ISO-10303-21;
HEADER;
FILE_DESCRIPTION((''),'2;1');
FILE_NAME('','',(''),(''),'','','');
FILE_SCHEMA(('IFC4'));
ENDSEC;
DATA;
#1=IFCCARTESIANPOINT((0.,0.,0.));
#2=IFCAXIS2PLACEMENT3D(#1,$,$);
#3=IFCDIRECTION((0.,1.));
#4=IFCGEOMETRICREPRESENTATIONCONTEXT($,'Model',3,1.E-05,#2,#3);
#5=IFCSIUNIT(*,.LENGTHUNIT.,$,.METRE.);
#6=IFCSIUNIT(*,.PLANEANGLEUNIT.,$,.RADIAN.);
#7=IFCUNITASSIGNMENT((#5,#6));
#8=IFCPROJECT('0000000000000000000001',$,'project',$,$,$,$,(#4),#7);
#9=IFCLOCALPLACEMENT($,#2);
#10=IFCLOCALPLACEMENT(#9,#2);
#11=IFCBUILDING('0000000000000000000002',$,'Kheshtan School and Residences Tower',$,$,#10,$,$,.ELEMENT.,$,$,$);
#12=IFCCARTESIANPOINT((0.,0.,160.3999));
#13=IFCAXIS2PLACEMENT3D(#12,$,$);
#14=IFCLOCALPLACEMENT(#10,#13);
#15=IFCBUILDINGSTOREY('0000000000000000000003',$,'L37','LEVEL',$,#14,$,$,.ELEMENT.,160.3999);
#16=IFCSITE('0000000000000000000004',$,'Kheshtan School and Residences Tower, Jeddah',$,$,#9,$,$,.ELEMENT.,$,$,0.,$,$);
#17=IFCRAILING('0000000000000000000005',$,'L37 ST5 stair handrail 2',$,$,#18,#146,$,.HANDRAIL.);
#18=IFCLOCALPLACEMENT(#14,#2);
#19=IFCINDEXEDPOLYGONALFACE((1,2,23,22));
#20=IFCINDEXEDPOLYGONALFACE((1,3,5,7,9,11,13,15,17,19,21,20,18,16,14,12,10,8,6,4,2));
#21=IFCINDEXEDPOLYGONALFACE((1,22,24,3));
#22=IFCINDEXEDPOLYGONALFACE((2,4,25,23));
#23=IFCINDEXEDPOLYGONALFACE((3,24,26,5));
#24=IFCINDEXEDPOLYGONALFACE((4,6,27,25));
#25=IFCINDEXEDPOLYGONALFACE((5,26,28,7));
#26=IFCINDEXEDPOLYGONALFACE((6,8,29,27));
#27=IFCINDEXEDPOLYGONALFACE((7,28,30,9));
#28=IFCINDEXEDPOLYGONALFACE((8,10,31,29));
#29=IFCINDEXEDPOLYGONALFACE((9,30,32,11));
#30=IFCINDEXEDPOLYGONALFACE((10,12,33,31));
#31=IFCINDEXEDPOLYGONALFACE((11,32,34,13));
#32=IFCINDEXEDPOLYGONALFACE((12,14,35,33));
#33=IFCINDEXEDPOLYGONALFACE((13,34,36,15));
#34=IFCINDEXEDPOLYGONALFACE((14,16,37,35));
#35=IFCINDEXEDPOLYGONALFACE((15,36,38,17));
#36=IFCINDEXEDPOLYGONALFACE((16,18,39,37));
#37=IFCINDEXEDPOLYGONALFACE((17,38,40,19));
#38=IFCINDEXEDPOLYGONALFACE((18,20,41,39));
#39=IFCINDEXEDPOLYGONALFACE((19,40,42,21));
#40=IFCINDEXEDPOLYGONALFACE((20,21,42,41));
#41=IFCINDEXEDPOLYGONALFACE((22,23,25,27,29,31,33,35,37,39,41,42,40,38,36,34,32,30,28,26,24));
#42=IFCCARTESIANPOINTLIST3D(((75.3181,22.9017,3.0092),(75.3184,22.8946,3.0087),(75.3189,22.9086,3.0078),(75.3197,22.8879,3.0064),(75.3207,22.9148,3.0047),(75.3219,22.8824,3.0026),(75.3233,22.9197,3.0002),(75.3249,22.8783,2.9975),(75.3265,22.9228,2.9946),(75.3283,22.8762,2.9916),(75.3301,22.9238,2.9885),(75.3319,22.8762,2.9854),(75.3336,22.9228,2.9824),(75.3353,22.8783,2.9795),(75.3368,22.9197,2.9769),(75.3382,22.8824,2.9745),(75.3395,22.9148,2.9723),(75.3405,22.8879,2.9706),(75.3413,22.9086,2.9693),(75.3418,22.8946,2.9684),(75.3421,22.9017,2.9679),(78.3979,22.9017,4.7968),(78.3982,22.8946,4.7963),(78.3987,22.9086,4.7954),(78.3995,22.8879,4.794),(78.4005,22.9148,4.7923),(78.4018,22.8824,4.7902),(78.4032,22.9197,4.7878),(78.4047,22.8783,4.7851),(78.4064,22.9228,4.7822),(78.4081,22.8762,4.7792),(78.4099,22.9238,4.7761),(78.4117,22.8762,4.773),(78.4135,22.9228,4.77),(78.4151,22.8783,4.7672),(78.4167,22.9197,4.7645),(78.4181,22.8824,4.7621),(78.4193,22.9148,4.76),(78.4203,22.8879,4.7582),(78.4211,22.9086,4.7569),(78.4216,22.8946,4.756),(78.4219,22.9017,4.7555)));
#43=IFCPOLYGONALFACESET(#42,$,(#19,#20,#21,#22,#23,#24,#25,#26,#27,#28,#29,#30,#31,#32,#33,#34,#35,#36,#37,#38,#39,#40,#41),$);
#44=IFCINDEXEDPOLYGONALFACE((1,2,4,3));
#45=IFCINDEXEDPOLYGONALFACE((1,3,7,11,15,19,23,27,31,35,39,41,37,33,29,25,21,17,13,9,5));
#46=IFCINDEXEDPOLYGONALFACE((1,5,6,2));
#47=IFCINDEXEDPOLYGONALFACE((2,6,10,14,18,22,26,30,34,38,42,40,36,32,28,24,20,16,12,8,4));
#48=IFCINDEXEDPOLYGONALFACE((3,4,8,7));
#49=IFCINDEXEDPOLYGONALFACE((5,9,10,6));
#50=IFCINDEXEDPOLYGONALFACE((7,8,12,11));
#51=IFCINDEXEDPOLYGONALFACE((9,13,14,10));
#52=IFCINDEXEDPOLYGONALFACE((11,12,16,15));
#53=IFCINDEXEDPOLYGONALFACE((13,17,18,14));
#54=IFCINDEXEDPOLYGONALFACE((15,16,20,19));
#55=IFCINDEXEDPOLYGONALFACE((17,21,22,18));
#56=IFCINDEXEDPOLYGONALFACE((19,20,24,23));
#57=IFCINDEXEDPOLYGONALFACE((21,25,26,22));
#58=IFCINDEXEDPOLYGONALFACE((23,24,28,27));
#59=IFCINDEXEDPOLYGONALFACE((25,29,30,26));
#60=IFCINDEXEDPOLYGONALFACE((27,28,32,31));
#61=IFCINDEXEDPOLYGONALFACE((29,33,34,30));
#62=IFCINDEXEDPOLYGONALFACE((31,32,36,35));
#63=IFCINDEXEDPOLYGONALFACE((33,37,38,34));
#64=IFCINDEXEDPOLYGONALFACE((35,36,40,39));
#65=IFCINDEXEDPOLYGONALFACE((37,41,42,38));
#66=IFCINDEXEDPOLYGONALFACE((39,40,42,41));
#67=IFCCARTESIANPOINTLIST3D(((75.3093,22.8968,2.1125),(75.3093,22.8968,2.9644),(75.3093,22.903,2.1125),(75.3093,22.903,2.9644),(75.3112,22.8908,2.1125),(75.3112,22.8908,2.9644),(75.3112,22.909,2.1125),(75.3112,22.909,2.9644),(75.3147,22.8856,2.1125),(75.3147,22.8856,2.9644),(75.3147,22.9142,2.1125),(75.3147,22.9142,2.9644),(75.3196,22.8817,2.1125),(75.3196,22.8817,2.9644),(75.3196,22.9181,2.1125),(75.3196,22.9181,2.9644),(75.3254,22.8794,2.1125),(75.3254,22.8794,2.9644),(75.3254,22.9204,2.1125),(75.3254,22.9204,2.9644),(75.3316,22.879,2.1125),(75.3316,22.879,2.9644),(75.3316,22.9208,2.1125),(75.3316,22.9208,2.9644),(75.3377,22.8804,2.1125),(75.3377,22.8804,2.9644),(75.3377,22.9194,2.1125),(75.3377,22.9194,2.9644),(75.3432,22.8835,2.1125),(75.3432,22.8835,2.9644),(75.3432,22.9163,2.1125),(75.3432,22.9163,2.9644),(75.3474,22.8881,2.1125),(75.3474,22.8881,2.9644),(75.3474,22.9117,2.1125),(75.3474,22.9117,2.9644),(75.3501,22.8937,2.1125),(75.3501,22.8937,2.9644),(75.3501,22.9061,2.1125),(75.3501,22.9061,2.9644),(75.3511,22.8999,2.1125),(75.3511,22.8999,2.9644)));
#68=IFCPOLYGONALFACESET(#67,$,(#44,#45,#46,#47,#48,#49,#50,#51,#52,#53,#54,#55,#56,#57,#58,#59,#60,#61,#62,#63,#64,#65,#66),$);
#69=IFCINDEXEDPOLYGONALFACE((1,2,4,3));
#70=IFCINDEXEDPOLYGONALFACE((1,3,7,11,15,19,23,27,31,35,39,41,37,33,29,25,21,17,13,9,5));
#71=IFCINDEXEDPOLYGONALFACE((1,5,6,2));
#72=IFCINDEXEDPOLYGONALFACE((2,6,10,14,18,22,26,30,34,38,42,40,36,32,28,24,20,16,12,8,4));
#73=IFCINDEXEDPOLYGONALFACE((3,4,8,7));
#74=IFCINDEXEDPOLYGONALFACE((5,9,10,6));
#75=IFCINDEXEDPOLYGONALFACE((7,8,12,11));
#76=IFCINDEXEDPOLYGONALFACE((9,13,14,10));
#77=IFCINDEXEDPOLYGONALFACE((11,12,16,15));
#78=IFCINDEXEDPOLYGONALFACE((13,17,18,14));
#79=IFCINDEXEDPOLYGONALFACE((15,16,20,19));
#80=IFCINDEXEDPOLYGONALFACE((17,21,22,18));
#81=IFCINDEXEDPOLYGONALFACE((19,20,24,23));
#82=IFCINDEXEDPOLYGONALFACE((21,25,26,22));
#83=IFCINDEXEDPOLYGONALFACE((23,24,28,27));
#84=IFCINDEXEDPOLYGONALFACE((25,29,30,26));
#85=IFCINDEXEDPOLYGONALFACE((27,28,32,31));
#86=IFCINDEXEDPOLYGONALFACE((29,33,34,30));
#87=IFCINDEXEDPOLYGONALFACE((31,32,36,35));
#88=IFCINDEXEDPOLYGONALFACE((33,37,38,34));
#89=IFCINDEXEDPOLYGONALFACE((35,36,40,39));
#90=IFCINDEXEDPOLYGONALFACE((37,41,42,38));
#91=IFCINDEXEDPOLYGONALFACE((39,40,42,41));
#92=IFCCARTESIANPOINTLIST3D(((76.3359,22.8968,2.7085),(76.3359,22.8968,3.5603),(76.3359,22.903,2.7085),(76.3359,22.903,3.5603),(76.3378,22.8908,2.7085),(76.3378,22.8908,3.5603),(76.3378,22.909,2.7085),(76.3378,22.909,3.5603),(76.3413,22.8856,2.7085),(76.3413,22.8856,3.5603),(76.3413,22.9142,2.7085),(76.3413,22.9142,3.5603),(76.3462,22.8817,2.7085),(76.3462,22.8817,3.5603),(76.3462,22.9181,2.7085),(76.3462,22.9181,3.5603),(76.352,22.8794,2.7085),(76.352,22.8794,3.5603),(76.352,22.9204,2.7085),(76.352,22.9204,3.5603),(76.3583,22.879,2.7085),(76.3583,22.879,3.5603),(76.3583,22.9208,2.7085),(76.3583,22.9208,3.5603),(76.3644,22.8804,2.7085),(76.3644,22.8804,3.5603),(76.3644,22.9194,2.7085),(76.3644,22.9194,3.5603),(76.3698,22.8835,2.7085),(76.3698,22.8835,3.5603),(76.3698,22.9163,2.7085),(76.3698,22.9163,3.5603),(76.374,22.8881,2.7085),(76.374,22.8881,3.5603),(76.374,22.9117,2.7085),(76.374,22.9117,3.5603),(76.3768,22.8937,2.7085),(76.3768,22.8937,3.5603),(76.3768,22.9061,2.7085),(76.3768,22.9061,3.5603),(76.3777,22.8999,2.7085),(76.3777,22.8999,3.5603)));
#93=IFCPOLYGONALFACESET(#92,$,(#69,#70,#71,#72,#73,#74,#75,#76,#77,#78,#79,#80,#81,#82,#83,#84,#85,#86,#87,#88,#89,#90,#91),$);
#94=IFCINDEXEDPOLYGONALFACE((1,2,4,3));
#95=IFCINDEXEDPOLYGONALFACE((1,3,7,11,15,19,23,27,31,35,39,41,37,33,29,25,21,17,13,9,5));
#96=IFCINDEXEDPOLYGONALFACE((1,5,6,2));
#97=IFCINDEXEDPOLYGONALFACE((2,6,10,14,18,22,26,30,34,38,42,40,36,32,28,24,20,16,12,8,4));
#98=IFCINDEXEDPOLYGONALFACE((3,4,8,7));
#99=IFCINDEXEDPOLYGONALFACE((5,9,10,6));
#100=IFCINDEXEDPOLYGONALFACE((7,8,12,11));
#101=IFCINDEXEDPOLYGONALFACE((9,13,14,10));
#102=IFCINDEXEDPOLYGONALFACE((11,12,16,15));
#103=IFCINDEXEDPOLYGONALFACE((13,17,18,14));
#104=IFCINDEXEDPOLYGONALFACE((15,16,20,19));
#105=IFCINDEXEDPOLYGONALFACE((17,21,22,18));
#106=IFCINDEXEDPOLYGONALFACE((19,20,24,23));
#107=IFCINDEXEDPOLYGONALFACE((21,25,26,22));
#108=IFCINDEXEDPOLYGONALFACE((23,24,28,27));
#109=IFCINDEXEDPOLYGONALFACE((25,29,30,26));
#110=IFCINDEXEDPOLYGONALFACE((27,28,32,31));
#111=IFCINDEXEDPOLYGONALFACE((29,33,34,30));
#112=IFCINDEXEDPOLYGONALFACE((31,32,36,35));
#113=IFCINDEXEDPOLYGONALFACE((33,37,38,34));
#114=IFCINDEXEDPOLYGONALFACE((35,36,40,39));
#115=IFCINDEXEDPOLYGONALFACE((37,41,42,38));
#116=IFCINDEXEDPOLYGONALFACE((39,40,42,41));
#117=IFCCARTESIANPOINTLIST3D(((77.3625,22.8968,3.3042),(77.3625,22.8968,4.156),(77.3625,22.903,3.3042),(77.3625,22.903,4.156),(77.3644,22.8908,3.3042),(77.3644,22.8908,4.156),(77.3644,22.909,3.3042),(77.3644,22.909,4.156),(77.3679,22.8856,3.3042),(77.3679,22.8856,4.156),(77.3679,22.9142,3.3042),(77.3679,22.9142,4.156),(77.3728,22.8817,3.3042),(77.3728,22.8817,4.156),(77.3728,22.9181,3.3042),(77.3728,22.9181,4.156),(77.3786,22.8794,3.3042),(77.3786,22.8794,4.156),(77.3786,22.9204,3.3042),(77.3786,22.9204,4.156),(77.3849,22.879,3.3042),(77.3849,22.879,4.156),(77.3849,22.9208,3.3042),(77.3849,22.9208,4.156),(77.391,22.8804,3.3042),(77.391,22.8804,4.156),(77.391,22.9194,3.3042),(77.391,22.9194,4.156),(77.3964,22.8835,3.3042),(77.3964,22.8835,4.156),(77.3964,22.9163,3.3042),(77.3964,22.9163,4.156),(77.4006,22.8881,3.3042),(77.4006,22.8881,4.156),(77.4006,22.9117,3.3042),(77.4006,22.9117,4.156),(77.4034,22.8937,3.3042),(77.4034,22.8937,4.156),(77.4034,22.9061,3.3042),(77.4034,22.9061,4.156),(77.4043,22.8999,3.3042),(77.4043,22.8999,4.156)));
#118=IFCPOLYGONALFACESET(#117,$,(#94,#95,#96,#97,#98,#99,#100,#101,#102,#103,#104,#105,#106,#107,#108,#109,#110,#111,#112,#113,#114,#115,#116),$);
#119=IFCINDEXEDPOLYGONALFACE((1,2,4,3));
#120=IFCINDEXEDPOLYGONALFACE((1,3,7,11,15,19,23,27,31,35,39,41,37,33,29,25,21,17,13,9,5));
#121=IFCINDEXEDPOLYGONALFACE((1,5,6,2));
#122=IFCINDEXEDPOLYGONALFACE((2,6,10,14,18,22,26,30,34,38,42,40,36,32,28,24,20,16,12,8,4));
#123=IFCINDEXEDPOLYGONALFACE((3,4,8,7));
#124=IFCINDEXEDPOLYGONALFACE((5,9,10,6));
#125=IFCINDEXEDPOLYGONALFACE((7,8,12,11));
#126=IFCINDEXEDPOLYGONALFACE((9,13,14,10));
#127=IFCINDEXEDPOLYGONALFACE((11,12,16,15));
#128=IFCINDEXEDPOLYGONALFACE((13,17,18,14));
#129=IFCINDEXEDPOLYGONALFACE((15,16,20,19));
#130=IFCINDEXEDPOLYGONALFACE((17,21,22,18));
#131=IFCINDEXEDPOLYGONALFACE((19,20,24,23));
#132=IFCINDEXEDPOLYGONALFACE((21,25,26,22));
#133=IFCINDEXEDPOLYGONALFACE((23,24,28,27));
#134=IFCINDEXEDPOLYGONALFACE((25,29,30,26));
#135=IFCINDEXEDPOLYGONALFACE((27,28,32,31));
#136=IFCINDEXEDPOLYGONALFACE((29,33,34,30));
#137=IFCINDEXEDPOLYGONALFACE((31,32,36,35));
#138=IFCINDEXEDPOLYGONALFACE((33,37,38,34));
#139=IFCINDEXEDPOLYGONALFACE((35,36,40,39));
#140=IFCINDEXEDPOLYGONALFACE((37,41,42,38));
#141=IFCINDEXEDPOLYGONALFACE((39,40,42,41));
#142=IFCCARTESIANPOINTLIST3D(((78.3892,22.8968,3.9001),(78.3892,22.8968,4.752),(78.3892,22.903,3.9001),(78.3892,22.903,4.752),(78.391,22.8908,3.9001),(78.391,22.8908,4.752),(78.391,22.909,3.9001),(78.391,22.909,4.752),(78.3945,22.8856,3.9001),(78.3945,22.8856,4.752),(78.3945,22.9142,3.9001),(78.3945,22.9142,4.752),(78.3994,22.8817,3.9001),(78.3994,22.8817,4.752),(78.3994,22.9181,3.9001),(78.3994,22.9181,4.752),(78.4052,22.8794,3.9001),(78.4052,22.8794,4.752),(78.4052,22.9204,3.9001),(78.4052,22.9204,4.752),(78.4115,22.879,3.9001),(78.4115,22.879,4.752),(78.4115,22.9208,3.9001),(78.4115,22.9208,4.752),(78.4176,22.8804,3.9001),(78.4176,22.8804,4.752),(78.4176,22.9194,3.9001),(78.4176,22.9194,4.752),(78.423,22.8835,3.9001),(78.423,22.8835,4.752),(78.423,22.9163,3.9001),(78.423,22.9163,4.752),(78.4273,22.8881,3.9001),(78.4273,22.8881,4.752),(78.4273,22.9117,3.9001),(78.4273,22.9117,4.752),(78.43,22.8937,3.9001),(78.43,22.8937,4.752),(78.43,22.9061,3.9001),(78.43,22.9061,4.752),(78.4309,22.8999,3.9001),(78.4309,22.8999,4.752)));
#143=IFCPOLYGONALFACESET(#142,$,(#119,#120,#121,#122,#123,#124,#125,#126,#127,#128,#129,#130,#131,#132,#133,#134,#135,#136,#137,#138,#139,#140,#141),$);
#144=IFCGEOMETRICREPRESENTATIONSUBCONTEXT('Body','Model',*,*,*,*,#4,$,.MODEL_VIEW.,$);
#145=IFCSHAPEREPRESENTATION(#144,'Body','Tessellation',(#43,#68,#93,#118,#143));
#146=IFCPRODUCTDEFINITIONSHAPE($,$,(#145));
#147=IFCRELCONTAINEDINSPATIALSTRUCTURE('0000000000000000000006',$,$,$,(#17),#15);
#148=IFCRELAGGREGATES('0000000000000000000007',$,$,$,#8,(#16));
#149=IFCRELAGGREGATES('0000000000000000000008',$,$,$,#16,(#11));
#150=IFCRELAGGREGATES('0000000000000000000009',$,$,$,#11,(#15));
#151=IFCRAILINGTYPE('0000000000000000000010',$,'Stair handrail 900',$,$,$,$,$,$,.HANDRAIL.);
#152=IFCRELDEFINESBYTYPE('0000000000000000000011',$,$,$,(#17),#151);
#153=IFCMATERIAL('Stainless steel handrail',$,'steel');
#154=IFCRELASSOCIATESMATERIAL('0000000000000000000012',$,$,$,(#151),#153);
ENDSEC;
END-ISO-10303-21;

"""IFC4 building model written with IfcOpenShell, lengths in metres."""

from ifc_helpers import new_model, si_unit, direction, frame, origin, origin_2d, place, context, subcontext, project, spatial, circle, extrude, material, type_object, element, save


model = new_model("IFC4")

# Units and contexts
model_context = context("Model", 3, precision=1e-05, world=origin(), true_north=direction((0.0, 1.0)))
body_context = subcontext(model_context, "Body", "Model", "MODEL_VIEW")
ifc_project = project(units=[si_unit("LENGTHUNIT", "METRE"), si_unit("PLANEANGLEUNIT", "RADIAN")], contexts=[model_context])

# Site, building, storey
site_placement = place(None, origin())
site = spatial("IfcSite", under=ifc_project, at=site_placement, Name="Kheshtan School and Residences Tower, Jeddah", CompositionType="ELEMENT", RefElevation=0.0)
building_placement = place(site_placement, origin())
building = spatial("IfcBuilding", under=site, at=building_placement, Name="Kheshtan School and Residences Tower", CompositionType="ELEMENT")
storey_placement = place(building_placement, frame((0.0, 0.0, 160.3999)))
storey = spatial("IfcBuildingStorey", under=building, at=storey_placement, Name="L37", Description="LEVEL", CompositionType="ELEMENT", Elevation=160.3999)

# Railing
ifc_material_1 = material(Name="Stainless steel handrail", Category="steel")
railing_type_1 = type_object("IfcRailingType", Name="Stair handrail 900", PredefinedType="HANDRAIL", material=ifc_material_1)
railing_1_placement = place(storey_placement, frame((75.3301, 22.8999, 2.1125)))
element("IfcRailing", 1, at=railing_1_placement, inside=storey, type_object=railing_type_1, Name="L37 ST5 stair handrail 2", PredefinedType="HANDRAIL", context=body_context, shape_type="SweptSolid", body=[
    extrude(circle(Radius=0.0239, at=origin_2d()), frame((0.0, 0.0, 0.876), z_axis=(0.864873, 0.0, 0.50199), x_axis=(0.0, 1.0, 0.0)), (0.0, 0.0, 1.0), 3.561),
    extrude(circle(Radius=0.021, at=origin_2d()), origin(), (0.0, 0.0, 1.0), 0.8518),
    extrude(circle(Radius=0.021, at=origin_2d()), frame((1.0266, 0.0, 0.5959)), (0.0, 0.0, 1.0), 0.8518),
    extrude(circle(Radius=0.021, at=origin_2d()), frame((2.0532, 0.0, 1.1917)), (0.0, 0.0, 1.0), 0.8518),
    extrude(circle(Radius=0.021, at=origin_2d()), frame((3.0798, 0.0, 1.7876)), (0.0, 0.0, 1.0), 0.8518),
])

save(model, "model.ifc")
